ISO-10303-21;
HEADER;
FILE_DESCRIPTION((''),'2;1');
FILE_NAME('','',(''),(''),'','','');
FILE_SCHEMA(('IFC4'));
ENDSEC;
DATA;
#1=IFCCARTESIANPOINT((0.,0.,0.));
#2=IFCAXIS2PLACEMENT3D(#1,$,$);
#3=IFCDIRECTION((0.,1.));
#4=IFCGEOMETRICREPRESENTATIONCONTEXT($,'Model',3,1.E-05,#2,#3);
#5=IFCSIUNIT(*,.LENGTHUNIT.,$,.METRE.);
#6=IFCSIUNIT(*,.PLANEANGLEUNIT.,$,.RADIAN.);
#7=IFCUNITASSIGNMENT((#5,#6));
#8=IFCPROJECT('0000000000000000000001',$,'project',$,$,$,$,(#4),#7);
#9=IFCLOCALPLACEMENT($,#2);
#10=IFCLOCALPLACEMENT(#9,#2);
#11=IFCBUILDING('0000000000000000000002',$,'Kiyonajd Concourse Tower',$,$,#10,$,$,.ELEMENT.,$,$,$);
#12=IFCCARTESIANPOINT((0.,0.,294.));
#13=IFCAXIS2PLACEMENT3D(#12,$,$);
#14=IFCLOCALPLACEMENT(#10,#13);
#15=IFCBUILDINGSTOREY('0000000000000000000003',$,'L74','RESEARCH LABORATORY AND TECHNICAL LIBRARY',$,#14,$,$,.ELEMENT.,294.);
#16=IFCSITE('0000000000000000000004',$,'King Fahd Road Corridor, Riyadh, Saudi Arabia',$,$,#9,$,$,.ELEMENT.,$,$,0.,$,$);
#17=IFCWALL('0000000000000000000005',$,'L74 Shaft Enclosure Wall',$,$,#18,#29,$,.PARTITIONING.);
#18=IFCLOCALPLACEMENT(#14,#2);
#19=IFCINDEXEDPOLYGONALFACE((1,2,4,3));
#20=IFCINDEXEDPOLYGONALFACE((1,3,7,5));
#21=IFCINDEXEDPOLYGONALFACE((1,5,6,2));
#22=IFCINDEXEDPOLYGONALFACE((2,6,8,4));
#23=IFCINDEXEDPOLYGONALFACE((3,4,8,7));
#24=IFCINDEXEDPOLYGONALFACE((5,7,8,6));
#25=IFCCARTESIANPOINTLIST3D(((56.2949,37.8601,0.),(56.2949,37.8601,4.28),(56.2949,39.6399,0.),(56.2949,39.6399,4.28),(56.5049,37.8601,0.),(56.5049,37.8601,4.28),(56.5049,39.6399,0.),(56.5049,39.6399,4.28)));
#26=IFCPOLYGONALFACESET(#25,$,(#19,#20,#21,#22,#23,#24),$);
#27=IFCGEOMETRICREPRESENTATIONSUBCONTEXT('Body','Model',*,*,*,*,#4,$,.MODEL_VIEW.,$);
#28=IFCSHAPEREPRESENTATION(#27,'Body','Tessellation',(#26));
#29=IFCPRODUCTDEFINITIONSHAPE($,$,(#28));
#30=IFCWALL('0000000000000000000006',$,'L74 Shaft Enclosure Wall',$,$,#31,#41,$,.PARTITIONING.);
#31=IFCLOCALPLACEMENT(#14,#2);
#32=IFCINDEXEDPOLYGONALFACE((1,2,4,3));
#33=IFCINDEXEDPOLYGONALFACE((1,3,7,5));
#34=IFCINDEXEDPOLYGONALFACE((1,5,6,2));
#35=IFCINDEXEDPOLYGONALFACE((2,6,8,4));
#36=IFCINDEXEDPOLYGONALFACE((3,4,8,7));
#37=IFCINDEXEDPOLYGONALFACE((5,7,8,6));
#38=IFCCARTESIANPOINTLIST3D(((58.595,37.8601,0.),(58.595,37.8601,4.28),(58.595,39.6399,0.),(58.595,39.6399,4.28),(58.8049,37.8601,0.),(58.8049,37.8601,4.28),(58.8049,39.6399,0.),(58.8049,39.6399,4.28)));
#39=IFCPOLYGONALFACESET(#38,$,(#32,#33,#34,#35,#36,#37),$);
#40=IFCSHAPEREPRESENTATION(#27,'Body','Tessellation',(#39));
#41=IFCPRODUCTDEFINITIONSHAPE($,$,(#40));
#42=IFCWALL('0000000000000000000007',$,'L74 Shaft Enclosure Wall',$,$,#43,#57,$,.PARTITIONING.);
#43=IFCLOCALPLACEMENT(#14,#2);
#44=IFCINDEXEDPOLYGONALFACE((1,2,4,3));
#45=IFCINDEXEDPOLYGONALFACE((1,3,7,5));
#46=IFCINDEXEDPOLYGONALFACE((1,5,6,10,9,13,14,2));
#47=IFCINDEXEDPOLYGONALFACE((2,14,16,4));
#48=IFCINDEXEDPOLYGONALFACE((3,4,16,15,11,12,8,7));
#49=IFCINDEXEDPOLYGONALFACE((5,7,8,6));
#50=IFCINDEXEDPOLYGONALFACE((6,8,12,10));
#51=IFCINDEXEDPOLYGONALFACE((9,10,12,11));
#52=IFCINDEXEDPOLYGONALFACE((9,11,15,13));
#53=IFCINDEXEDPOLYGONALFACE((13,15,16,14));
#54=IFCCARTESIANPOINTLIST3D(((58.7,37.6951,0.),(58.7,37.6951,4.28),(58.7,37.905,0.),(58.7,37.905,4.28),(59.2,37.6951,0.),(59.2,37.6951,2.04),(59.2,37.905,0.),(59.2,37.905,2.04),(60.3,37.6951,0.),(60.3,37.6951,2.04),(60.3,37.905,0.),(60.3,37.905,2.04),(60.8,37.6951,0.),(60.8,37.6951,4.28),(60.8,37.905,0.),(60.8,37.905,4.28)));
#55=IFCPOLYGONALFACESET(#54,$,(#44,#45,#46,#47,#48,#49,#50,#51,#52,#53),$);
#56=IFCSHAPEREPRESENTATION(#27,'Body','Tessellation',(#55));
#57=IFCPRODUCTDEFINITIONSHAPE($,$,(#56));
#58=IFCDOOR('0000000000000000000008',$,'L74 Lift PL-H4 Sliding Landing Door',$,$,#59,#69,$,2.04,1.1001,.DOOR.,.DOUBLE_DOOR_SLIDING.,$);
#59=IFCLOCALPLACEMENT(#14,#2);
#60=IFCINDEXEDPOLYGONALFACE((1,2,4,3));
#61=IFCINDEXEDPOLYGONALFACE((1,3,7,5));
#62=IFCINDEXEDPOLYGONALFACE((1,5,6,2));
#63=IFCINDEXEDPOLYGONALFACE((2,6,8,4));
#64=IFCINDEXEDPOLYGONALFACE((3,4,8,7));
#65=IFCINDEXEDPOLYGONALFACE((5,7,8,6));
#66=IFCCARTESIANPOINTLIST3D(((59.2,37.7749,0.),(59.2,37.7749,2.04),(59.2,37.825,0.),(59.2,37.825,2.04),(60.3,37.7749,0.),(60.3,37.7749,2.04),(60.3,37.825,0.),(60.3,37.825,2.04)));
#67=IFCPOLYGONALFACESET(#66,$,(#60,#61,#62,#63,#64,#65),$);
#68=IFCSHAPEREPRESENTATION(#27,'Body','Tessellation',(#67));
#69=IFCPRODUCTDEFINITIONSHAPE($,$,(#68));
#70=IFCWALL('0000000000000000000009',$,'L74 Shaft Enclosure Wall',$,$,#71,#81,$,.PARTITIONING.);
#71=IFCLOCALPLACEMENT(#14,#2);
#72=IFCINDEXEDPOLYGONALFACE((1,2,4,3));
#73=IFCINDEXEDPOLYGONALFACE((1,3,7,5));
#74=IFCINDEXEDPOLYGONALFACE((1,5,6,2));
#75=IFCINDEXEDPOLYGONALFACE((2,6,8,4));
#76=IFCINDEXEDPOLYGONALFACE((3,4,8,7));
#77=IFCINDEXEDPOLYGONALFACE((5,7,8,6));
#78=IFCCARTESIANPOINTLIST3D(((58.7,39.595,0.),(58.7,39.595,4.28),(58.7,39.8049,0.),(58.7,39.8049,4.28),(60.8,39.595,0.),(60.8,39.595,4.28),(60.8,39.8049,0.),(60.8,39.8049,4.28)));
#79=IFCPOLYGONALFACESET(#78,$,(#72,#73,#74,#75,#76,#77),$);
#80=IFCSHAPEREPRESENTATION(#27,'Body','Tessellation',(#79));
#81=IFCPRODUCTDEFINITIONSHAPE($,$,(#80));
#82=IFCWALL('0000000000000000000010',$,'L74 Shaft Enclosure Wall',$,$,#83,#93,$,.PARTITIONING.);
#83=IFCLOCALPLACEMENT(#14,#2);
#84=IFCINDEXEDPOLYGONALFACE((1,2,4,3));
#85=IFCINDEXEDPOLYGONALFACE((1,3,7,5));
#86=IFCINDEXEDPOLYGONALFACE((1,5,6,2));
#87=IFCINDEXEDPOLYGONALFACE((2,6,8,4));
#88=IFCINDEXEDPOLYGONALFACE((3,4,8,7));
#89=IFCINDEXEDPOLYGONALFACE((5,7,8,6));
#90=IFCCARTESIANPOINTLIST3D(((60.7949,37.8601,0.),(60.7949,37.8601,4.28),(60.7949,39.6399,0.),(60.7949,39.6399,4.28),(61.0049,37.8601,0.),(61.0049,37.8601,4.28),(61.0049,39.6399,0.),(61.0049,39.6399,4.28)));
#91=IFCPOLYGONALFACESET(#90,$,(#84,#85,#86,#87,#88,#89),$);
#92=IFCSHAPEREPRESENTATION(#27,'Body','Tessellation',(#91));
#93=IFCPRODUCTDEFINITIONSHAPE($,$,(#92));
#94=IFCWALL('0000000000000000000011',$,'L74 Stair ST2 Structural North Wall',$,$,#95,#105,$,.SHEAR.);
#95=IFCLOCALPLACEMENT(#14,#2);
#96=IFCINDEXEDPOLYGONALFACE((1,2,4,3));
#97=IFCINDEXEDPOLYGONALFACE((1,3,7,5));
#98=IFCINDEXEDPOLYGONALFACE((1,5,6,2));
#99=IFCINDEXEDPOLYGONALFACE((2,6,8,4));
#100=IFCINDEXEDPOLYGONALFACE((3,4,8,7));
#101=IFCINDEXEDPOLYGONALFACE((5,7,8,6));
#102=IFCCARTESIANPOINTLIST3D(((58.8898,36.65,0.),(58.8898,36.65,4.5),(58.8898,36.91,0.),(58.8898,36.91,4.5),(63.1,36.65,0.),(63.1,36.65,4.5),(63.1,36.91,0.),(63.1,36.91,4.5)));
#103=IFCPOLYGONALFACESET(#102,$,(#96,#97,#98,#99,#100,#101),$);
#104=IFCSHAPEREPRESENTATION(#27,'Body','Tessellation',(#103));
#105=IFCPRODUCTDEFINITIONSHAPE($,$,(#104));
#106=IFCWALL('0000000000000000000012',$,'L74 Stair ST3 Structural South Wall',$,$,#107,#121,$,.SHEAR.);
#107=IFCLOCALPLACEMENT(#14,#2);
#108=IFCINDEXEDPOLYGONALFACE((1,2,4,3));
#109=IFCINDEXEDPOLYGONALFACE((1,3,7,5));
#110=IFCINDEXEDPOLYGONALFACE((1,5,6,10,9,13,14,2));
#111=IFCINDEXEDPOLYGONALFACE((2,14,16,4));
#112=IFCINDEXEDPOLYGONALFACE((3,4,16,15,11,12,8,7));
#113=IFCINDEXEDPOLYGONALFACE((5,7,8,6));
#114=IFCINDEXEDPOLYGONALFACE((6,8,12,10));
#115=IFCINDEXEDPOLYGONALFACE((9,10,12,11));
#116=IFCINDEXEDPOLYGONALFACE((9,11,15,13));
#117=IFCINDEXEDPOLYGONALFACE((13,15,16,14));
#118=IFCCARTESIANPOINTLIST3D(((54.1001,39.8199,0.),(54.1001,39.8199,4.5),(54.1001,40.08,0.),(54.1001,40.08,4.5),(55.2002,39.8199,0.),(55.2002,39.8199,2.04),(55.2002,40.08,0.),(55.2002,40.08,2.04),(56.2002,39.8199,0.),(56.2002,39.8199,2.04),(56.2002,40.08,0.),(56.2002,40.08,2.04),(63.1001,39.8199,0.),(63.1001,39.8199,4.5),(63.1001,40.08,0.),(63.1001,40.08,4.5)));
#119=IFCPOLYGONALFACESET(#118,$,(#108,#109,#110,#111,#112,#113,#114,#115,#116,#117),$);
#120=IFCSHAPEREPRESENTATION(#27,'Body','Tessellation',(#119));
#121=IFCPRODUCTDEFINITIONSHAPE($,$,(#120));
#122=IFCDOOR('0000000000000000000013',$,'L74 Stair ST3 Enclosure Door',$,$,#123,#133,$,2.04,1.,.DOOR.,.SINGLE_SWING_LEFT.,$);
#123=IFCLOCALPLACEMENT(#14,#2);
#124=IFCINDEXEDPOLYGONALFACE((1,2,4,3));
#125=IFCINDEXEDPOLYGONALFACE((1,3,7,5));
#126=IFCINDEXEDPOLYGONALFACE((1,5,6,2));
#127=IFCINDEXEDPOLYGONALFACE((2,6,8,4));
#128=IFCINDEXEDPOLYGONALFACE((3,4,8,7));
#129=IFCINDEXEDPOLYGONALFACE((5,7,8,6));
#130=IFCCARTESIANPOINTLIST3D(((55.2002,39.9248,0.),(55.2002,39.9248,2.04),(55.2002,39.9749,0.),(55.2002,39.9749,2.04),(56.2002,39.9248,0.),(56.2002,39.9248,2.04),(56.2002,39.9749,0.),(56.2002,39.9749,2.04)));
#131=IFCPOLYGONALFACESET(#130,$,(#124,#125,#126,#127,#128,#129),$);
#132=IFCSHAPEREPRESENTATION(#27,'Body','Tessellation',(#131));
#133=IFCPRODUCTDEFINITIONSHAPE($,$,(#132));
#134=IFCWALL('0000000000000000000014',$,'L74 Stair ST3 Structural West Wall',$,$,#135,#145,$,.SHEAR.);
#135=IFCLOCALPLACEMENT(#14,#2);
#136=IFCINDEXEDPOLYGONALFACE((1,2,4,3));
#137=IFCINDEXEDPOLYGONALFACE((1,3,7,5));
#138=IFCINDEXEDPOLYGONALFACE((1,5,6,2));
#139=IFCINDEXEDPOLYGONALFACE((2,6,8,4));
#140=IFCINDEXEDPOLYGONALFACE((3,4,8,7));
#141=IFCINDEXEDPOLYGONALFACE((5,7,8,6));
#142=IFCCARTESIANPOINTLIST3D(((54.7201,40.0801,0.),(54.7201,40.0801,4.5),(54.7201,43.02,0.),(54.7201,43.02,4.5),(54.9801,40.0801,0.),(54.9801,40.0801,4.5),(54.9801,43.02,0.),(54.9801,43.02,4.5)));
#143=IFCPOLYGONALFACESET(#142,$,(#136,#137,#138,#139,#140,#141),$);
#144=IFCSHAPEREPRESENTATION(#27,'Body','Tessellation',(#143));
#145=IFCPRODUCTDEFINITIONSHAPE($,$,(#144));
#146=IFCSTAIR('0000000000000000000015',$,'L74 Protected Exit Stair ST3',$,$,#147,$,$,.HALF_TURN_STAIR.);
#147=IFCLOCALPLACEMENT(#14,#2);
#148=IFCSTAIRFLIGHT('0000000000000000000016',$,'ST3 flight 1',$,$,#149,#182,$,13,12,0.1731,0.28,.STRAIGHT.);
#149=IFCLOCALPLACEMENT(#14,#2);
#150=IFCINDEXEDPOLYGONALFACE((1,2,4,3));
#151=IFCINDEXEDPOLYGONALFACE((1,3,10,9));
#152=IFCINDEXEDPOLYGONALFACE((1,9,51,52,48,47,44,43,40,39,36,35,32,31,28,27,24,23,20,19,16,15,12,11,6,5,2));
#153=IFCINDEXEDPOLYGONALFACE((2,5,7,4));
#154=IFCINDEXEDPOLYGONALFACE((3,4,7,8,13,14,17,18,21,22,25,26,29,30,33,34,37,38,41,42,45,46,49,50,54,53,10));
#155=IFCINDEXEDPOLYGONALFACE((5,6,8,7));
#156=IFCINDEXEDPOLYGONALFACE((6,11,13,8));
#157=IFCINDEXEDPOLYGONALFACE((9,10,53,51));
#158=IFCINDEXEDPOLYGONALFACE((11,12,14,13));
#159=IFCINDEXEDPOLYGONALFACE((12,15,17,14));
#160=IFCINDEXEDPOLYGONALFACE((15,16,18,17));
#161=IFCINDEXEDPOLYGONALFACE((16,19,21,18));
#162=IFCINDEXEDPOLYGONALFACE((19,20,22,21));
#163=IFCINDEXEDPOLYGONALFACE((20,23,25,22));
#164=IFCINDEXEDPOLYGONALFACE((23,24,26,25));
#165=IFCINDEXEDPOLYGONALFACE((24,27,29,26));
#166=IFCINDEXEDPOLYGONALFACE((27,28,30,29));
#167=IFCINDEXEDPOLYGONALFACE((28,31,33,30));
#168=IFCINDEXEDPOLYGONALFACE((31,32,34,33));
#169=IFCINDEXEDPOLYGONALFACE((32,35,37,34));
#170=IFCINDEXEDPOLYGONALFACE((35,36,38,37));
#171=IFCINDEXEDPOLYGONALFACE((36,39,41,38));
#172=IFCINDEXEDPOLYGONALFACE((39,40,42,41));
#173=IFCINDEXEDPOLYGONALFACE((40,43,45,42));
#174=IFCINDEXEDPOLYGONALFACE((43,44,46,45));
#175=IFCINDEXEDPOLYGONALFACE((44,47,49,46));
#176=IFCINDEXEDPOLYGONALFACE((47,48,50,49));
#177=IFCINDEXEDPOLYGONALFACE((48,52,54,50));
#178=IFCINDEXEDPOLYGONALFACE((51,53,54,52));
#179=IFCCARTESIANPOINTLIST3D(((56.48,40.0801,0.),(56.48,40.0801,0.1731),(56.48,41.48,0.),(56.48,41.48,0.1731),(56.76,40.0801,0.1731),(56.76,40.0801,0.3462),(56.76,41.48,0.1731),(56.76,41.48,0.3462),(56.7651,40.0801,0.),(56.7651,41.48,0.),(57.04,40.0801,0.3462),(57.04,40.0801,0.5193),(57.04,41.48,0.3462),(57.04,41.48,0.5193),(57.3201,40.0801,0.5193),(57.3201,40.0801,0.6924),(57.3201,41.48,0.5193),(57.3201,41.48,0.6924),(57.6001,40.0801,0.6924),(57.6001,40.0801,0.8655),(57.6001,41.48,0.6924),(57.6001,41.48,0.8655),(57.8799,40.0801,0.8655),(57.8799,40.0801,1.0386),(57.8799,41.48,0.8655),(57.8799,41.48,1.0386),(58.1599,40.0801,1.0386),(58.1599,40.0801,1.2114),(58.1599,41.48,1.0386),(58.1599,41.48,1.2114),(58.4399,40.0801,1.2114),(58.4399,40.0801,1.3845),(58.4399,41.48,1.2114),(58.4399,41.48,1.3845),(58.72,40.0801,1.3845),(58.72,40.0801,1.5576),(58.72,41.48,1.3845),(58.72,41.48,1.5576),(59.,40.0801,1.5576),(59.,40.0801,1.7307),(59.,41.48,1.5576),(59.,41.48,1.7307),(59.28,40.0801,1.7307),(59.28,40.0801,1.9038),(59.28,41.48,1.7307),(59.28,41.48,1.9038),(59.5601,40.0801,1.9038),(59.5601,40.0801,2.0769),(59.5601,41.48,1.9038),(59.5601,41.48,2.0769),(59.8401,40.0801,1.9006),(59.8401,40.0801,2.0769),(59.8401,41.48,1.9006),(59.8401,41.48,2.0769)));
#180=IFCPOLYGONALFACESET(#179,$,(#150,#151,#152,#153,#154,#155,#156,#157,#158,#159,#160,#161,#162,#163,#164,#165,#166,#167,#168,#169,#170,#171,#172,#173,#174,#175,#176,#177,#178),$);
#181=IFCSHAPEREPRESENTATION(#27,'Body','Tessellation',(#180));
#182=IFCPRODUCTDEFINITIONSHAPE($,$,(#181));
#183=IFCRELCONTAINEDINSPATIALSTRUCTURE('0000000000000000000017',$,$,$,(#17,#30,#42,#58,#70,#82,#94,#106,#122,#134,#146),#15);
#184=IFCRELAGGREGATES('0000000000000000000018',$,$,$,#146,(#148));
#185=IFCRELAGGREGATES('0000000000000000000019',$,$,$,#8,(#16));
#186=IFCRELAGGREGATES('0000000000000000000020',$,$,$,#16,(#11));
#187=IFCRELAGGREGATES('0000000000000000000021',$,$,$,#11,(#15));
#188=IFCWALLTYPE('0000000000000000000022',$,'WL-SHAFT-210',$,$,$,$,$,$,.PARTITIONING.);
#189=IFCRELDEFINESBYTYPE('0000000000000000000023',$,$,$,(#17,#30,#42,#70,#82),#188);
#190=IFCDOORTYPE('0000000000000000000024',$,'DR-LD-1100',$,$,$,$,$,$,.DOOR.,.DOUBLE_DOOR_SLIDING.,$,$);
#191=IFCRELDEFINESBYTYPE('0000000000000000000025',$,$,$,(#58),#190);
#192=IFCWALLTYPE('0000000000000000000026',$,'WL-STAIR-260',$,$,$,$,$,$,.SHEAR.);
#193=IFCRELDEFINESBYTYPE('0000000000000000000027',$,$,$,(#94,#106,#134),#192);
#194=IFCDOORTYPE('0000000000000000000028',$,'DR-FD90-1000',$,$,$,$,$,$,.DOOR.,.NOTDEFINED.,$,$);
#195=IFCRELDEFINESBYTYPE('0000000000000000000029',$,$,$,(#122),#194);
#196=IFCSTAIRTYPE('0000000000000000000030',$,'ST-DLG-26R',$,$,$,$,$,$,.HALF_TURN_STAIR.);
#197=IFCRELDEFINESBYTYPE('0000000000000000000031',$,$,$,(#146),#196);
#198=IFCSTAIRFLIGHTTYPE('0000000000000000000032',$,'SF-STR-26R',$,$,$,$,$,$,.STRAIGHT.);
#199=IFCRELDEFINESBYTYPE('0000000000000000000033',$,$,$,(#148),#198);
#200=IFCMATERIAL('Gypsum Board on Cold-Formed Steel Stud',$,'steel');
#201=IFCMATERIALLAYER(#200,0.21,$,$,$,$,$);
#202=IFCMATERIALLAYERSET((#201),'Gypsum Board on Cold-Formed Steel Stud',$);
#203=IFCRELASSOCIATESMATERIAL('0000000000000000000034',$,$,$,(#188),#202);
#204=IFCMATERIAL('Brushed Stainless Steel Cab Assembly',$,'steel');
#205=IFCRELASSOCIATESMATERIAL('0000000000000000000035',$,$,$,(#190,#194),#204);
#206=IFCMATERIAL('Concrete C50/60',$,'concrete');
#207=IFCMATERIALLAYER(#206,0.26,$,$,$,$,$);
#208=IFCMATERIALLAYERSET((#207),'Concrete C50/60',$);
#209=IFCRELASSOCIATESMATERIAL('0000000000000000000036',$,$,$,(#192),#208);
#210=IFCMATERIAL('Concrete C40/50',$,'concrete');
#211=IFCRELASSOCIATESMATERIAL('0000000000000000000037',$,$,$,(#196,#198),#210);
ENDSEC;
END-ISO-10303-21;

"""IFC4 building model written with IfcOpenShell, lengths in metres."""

from ifc_helpers import new_model, si_unit, direction, frame, frame_2d, origin, place, context, subcontext, project, spatial, polyline, rectangle, outline, extrude, material, layer, layer_set, type_object, element, fill, aggregate, save


model = new_model("IFC4")

# Units and contexts
model_context = context("Model", 3, precision=1e-05, world=origin(), true_north=direction((0.0, 1.0)))
body_context = subcontext(model_context, "Body", "Model", "MODEL_VIEW")
ifc_project = project(units=[si_unit("LENGTHUNIT", "METRE"), si_unit("PLANEANGLEUNIT", "RADIAN")], contexts=[model_context])

# Site, building, storey
site_placement = place(None, origin())
site = spatial("IfcSite", under=ifc_project, at=site_placement, Name="King Fahd Road Corridor, Riyadh, Saudi Arabia", CompositionType="ELEMENT", RefElevation=0.0)
building_placement = place(site_placement, origin())
building = spatial("IfcBuilding", under=site, at=building_placement, Name="Kiyonajd Concourse Tower", CompositionType="ELEMENT")
storey_placement = place(building_placement, frame((0.0, 0.0, 294.0)))
storey = spatial("IfcBuildingStorey", under=building, at=storey_placement, Name="L74", Description="RESEARCH LABORATORY AND TECHNICAL LIBRARY", CompositionType="ELEMENT", Elevation=294.0)

# Shared definitions
ifc_material_1 = material(Name="Concrete C50/60", Category="concrete")

# Shared definitions
ifc_material_2 = material(Name="Gypsum Board on Cold-Formed Steel Stud", Category="steel")
ifc_layer_1 = layer(ifc_material_2, 0.21)
ifc_layer_set_1 = layer_set([ifc_layer_1], Name="Gypsum Board on Cold-Formed Steel Stud")
wall_type_1 = type_object("IfcWallType", Name="WL-SHAFT-210", PredefinedType="PARTITIONING", material=ifc_layer_set_1)

# Shared definitions
ifc_material_3 = material(Name="Brushed Stainless Steel Cab Assembly", Category="steel")
door_type_1 = type_object("IfcDoorType", Name="DR-LD-1100", OperationType="DOUBLE_DOOR_SLIDING", PredefinedType="DOOR", material=ifc_material_3)

# Walls
for number, where, z_axis, x_axis, name in (
    (1, (56.3999, 37.8601, 0.0), (0.0, 0.0, 1.0), (0.0, 1.0, 0.0), "L74 Shaft Enclosure Wall"),
    (2, (58.7, 37.8601, 0.0), (0.0, 0.0, 1.0), (0.0, 1.0, 0.0), "L74 Shaft Enclosure Wall"),
):
    element("IfcWall", number, at=place(storey_placement, frame(where, z_axis=z_axis, x_axis=x_axis)), inside=storey, type_object=wall_type_1, Name=name, PredefinedType="PARTITIONING", context=body_context, shape_type="SweptSolid", body=[
        extrude(rectangle(XDim=1.7798, YDim=0.21, at=frame_2d((0.8899, 0.0))), origin(), (0.0, 0.0, 1.0), 4.28),
    ])

# Wall, opening, door
wall_1_placement = place(storey_placement, frame((58.7, 37.8, 0.0), z_axis=(0.0, 0.0, 1.0), x_axis=(1.0, 0.0, 0.0)))
wall_1 = element("IfcWall", 3, at=wall_1_placement, inside=storey, type_object=wall_type_1, Name="L74 Shaft Enclosure Wall", PredefinedType="PARTITIONING", context=body_context, shape_type="SweptSolid", body=[
    extrude(rectangle(XDim=2.1001, YDim=0.21, at=frame_2d((1.05, 0.0))), origin(), (0.0, 0.0, 1.0), 4.28),
])
opening_1_placement = place(wall_1_placement, frame((0.5, 0.0, 0.0)))
opening_1 = element("IfcOpeningElement", 4, at=opening_1_placement, cuts=wall_1, PredefinedType="OPENING", context=body_context, shape_type="SweptSolid", body=[
    extrude(rectangle(XDim=1.1001, YDim=2.04, at=frame_2d((0.55, 1.02))), frame((0.0, 0.115, 0.0), z_axis=(0.0, -1.0, 0.0), x_axis=(1.0, 0.0, 0.0)), (0.0, 0.0, 1.0), 0.23),
])
door_1_placement = place(opening_1_placement, origin())
door_1 = element("IfcDoor", 5, at=door_1_placement, inside=storey, type_object=door_type_1, Name="L74 Lift PL-H4 Sliding Landing Door", OperationType="DOUBLE_DOOR_SLIDING", OverallHeight=2.04, OverallWidth=1.1001, PredefinedType="DOOR", context=body_context, shape_type="SweptSolid", body=[
    extrude(rectangle(XDim=1.1001, YDim=2.04, at=frame_2d((0.55, 1.02))), frame((0.0, 0.0249, 0.0), z_axis=(0.0, -1.0, 0.0), x_axis=(1.0, 0.0, 0.0)), (0.0, 0.0, 1.0), 0.05),
])
fill(opening_1, door_1)

# Walls
wall_2_placement = place(storey_placement, frame((58.7, 39.7, 0.0), z_axis=(0.0, 0.0, 1.0), x_axis=(1.0, 0.0, 0.0)))
element("IfcWall", 6, at=wall_2_placement, inside=storey, type_object=wall_type_1, Name="L74 Shaft Enclosure Wall", PredefinedType="PARTITIONING", context=body_context, shape_type="SweptSolid", body=[
    extrude(rectangle(XDim=2.1001, YDim=0.21, at=frame_2d((1.05, 0.0))), origin(), (0.0, 0.0, 1.0), 4.28),
])
wall_3_placement = place(storey_placement, frame((60.8999, 37.8601, 0.0), z_axis=(0.0, 0.0, 1.0), x_axis=(0.0, 1.0, 0.0)))
element("IfcWall", 7, at=wall_3_placement, inside=storey, type_object=wall_type_1, Name="L74 Shaft Enclosure Wall", PredefinedType="PARTITIONING", context=body_context, shape_type="SweptSolid", body=[
    extrude(rectangle(XDim=1.7798, YDim=0.21, at=frame_2d((0.8899, 0.0))), origin(), (0.0, 0.0, 1.0), 4.28),
])
ifc_layer_2 = layer(ifc_material_1, 0.26)
ifc_layer_set_2 = layer_set([ifc_layer_2], Name="Concrete C50/60")
wall_type_2 = type_object("IfcWallType", Name="WL-STAIR-260", PredefinedType="SHEAR", material=ifc_layer_set_2)
wall_4_placement = place(storey_placement, frame((58.8899, 36.78, 0.0), z_axis=(0.0, 0.0, 1.0), x_axis=(1.0, 0.0, 0.0)))
element("IfcWall", 8, at=wall_4_placement, inside=storey, type_object=wall_type_2, Name="L74 Stair ST2 Structural North Wall", PredefinedType="SHEAR", context=body_context, shape_type="SweptSolid", body=[
    extrude(rectangle(XDim=4.2102, YDim=0.26, at=frame_2d((2.105, 0.0))), origin(), (0.0, 0.0, 1.0), 4.5),
])

# Wall, opening, door
wall_5_placement = place(storey_placement, frame((54.1001, 39.95, 0.0), z_axis=(0.0, 0.0, 1.0), x_axis=(1.0, 0.0, 0.0)))
wall_5 = element("IfcWall", 9, at=wall_5_placement, inside=storey, type_object=wall_type_2, Name="L74 Stair ST3 Structural South Wall", PredefinedType="SHEAR", context=body_context, shape_type="SweptSolid", body=[
    extrude(rectangle(XDim=9.0, YDim=0.26, at=frame_2d((4.5, 0.0))), origin(), (0.0, 0.0, 1.0), 4.5),
])
opening_2_placement = place(wall_5_placement, frame((1.1001, 0.0, 0.0)))
opening_2 = element("IfcOpeningElement", 10, at=opening_2_placement, cuts=wall_5, PredefinedType="OPENING", context=body_context, shape_type="SweptSolid", body=[
    extrude(rectangle(XDim=1.0, YDim=2.04, at=frame_2d((0.5, 1.02))), frame((0.0, 0.1399, 0.0), z_axis=(0.0, -1.0, 0.0), x_axis=(1.0, 0.0, 0.0)), (0.0, 0.0, 1.0), 0.28),
])
door_type_2 = type_object("IfcDoorType", Name="DR-FD90-1000", OperationType="NOTDEFINED", PredefinedType="DOOR", material=ifc_material_3)
door_2_placement = place(opening_2_placement, origin())
door_2 = element("IfcDoor", 11, at=door_2_placement, inside=storey, type_object=door_type_2, Name="L74 Stair ST3 Enclosure Door", OperationType="SINGLE_SWING_LEFT", OverallHeight=2.04, OverallWidth=1.0, PredefinedType="DOOR", context=body_context, shape_type="SweptSolid", body=[
    extrude(rectangle(XDim=1.0, YDim=2.04, at=frame_2d((0.5, 1.02))), frame((0.0, 0.0249, 0.0), z_axis=(0.0, -1.0, 0.0), x_axis=(1.0, 0.0, 0.0)), (0.0, 0.0, 1.0), 0.05),
])
fill(opening_2, door_2)

# Wall
wall_6_placement = place(storey_placement, frame((54.8501, 40.0801, 0.0), z_axis=(0.0, 0.0, 1.0), x_axis=(0.0, 1.0, 0.0)))
element("IfcWall", 12, at=wall_6_placement, inside=storey, type_object=wall_type_2, Name="L74 Stair ST3 Structural West Wall", PredefinedType="SHEAR", context=body_context, shape_type="SweptSolid", body=[
    extrude(rectangle(XDim=2.9399, YDim=0.26, at=frame_2d((1.47, 0.0))), origin(), (0.0, 0.0, 1.0), 4.5),
])

# Stair, stair flight
ifc_material_4 = material(Name="Concrete C40/50", Category="concrete")
stair_type = type_object("IfcStairType", Name="ST-DLG-26R", PredefinedType="HALF_TURN_STAIR", material=ifc_material_4)
stair_placement = place(storey_placement, origin())
stair = element("IfcStair", 13, at=stair_placement, inside=storey, type_object=stair_type, Name="L74 Protected Exit Stair ST3", PredefinedType="HALF_TURN_STAIR")
stair_flight_type = type_object("IfcStairFlightType", Name="SF-STR-26R", PredefinedType="STRAIGHT", material=ifc_material_4)
stair_flight_placement = place(storey_placement, frame((56.48, 40.78, 0.0), z_axis=(0.0, 0.0, 1.0), x_axis=(1.0, 0.0, 0.0)))
stair_flight = element("IfcStairFlight", 14, at=stair_flight_placement, type_object=stair_flight_type, Name="ST3 flight 1", NumberOfRisers=13, NumberOfTreads=12, PredefinedType="STRAIGHT", RiserHeight=0.1731, TreadLength=0.28, context=body_context, shape_type="SweptSolid", body=[
    extrude(outline(polyline([(0.0, 0.0), (0.0, 0.1731), (0.28, 0.1731), (0.28, 0.3462), (0.5601, 0.3462), (0.5601, 0.5193), (0.8401, 0.5193), (0.8401, 0.6924), (1.1201, 0.6924), (1.1201, 0.8655), (1.3999, 0.8655), (1.3999, 1.0386), (1.6799, 1.0386), (1.6799, 1.2114), (1.96, 1.2114), (1.96, 1.3845), (2.24, 1.3845), (2.24, 1.5576), (2.52, 1.5576), (2.52, 1.7307), (2.8, 1.7307), (2.8, 1.9038), (3.0801, 1.9038), (3.0801, 2.0769), (3.3601, 2.0769), (3.3601, 2.25), (3.3601, 1.9006), (0.2852, 0.0), (0.0, 0.0)])), frame((0.0, 0.7, 0.0), z_axis=(0.0, -1.0, 0.0), x_axis=(1.0, 0.0, 0.0)), (0.0, 0.0, 1.0), 1.3999),
])
aggregate(stair, [stair_flight])

save(model, "model.ifc")
